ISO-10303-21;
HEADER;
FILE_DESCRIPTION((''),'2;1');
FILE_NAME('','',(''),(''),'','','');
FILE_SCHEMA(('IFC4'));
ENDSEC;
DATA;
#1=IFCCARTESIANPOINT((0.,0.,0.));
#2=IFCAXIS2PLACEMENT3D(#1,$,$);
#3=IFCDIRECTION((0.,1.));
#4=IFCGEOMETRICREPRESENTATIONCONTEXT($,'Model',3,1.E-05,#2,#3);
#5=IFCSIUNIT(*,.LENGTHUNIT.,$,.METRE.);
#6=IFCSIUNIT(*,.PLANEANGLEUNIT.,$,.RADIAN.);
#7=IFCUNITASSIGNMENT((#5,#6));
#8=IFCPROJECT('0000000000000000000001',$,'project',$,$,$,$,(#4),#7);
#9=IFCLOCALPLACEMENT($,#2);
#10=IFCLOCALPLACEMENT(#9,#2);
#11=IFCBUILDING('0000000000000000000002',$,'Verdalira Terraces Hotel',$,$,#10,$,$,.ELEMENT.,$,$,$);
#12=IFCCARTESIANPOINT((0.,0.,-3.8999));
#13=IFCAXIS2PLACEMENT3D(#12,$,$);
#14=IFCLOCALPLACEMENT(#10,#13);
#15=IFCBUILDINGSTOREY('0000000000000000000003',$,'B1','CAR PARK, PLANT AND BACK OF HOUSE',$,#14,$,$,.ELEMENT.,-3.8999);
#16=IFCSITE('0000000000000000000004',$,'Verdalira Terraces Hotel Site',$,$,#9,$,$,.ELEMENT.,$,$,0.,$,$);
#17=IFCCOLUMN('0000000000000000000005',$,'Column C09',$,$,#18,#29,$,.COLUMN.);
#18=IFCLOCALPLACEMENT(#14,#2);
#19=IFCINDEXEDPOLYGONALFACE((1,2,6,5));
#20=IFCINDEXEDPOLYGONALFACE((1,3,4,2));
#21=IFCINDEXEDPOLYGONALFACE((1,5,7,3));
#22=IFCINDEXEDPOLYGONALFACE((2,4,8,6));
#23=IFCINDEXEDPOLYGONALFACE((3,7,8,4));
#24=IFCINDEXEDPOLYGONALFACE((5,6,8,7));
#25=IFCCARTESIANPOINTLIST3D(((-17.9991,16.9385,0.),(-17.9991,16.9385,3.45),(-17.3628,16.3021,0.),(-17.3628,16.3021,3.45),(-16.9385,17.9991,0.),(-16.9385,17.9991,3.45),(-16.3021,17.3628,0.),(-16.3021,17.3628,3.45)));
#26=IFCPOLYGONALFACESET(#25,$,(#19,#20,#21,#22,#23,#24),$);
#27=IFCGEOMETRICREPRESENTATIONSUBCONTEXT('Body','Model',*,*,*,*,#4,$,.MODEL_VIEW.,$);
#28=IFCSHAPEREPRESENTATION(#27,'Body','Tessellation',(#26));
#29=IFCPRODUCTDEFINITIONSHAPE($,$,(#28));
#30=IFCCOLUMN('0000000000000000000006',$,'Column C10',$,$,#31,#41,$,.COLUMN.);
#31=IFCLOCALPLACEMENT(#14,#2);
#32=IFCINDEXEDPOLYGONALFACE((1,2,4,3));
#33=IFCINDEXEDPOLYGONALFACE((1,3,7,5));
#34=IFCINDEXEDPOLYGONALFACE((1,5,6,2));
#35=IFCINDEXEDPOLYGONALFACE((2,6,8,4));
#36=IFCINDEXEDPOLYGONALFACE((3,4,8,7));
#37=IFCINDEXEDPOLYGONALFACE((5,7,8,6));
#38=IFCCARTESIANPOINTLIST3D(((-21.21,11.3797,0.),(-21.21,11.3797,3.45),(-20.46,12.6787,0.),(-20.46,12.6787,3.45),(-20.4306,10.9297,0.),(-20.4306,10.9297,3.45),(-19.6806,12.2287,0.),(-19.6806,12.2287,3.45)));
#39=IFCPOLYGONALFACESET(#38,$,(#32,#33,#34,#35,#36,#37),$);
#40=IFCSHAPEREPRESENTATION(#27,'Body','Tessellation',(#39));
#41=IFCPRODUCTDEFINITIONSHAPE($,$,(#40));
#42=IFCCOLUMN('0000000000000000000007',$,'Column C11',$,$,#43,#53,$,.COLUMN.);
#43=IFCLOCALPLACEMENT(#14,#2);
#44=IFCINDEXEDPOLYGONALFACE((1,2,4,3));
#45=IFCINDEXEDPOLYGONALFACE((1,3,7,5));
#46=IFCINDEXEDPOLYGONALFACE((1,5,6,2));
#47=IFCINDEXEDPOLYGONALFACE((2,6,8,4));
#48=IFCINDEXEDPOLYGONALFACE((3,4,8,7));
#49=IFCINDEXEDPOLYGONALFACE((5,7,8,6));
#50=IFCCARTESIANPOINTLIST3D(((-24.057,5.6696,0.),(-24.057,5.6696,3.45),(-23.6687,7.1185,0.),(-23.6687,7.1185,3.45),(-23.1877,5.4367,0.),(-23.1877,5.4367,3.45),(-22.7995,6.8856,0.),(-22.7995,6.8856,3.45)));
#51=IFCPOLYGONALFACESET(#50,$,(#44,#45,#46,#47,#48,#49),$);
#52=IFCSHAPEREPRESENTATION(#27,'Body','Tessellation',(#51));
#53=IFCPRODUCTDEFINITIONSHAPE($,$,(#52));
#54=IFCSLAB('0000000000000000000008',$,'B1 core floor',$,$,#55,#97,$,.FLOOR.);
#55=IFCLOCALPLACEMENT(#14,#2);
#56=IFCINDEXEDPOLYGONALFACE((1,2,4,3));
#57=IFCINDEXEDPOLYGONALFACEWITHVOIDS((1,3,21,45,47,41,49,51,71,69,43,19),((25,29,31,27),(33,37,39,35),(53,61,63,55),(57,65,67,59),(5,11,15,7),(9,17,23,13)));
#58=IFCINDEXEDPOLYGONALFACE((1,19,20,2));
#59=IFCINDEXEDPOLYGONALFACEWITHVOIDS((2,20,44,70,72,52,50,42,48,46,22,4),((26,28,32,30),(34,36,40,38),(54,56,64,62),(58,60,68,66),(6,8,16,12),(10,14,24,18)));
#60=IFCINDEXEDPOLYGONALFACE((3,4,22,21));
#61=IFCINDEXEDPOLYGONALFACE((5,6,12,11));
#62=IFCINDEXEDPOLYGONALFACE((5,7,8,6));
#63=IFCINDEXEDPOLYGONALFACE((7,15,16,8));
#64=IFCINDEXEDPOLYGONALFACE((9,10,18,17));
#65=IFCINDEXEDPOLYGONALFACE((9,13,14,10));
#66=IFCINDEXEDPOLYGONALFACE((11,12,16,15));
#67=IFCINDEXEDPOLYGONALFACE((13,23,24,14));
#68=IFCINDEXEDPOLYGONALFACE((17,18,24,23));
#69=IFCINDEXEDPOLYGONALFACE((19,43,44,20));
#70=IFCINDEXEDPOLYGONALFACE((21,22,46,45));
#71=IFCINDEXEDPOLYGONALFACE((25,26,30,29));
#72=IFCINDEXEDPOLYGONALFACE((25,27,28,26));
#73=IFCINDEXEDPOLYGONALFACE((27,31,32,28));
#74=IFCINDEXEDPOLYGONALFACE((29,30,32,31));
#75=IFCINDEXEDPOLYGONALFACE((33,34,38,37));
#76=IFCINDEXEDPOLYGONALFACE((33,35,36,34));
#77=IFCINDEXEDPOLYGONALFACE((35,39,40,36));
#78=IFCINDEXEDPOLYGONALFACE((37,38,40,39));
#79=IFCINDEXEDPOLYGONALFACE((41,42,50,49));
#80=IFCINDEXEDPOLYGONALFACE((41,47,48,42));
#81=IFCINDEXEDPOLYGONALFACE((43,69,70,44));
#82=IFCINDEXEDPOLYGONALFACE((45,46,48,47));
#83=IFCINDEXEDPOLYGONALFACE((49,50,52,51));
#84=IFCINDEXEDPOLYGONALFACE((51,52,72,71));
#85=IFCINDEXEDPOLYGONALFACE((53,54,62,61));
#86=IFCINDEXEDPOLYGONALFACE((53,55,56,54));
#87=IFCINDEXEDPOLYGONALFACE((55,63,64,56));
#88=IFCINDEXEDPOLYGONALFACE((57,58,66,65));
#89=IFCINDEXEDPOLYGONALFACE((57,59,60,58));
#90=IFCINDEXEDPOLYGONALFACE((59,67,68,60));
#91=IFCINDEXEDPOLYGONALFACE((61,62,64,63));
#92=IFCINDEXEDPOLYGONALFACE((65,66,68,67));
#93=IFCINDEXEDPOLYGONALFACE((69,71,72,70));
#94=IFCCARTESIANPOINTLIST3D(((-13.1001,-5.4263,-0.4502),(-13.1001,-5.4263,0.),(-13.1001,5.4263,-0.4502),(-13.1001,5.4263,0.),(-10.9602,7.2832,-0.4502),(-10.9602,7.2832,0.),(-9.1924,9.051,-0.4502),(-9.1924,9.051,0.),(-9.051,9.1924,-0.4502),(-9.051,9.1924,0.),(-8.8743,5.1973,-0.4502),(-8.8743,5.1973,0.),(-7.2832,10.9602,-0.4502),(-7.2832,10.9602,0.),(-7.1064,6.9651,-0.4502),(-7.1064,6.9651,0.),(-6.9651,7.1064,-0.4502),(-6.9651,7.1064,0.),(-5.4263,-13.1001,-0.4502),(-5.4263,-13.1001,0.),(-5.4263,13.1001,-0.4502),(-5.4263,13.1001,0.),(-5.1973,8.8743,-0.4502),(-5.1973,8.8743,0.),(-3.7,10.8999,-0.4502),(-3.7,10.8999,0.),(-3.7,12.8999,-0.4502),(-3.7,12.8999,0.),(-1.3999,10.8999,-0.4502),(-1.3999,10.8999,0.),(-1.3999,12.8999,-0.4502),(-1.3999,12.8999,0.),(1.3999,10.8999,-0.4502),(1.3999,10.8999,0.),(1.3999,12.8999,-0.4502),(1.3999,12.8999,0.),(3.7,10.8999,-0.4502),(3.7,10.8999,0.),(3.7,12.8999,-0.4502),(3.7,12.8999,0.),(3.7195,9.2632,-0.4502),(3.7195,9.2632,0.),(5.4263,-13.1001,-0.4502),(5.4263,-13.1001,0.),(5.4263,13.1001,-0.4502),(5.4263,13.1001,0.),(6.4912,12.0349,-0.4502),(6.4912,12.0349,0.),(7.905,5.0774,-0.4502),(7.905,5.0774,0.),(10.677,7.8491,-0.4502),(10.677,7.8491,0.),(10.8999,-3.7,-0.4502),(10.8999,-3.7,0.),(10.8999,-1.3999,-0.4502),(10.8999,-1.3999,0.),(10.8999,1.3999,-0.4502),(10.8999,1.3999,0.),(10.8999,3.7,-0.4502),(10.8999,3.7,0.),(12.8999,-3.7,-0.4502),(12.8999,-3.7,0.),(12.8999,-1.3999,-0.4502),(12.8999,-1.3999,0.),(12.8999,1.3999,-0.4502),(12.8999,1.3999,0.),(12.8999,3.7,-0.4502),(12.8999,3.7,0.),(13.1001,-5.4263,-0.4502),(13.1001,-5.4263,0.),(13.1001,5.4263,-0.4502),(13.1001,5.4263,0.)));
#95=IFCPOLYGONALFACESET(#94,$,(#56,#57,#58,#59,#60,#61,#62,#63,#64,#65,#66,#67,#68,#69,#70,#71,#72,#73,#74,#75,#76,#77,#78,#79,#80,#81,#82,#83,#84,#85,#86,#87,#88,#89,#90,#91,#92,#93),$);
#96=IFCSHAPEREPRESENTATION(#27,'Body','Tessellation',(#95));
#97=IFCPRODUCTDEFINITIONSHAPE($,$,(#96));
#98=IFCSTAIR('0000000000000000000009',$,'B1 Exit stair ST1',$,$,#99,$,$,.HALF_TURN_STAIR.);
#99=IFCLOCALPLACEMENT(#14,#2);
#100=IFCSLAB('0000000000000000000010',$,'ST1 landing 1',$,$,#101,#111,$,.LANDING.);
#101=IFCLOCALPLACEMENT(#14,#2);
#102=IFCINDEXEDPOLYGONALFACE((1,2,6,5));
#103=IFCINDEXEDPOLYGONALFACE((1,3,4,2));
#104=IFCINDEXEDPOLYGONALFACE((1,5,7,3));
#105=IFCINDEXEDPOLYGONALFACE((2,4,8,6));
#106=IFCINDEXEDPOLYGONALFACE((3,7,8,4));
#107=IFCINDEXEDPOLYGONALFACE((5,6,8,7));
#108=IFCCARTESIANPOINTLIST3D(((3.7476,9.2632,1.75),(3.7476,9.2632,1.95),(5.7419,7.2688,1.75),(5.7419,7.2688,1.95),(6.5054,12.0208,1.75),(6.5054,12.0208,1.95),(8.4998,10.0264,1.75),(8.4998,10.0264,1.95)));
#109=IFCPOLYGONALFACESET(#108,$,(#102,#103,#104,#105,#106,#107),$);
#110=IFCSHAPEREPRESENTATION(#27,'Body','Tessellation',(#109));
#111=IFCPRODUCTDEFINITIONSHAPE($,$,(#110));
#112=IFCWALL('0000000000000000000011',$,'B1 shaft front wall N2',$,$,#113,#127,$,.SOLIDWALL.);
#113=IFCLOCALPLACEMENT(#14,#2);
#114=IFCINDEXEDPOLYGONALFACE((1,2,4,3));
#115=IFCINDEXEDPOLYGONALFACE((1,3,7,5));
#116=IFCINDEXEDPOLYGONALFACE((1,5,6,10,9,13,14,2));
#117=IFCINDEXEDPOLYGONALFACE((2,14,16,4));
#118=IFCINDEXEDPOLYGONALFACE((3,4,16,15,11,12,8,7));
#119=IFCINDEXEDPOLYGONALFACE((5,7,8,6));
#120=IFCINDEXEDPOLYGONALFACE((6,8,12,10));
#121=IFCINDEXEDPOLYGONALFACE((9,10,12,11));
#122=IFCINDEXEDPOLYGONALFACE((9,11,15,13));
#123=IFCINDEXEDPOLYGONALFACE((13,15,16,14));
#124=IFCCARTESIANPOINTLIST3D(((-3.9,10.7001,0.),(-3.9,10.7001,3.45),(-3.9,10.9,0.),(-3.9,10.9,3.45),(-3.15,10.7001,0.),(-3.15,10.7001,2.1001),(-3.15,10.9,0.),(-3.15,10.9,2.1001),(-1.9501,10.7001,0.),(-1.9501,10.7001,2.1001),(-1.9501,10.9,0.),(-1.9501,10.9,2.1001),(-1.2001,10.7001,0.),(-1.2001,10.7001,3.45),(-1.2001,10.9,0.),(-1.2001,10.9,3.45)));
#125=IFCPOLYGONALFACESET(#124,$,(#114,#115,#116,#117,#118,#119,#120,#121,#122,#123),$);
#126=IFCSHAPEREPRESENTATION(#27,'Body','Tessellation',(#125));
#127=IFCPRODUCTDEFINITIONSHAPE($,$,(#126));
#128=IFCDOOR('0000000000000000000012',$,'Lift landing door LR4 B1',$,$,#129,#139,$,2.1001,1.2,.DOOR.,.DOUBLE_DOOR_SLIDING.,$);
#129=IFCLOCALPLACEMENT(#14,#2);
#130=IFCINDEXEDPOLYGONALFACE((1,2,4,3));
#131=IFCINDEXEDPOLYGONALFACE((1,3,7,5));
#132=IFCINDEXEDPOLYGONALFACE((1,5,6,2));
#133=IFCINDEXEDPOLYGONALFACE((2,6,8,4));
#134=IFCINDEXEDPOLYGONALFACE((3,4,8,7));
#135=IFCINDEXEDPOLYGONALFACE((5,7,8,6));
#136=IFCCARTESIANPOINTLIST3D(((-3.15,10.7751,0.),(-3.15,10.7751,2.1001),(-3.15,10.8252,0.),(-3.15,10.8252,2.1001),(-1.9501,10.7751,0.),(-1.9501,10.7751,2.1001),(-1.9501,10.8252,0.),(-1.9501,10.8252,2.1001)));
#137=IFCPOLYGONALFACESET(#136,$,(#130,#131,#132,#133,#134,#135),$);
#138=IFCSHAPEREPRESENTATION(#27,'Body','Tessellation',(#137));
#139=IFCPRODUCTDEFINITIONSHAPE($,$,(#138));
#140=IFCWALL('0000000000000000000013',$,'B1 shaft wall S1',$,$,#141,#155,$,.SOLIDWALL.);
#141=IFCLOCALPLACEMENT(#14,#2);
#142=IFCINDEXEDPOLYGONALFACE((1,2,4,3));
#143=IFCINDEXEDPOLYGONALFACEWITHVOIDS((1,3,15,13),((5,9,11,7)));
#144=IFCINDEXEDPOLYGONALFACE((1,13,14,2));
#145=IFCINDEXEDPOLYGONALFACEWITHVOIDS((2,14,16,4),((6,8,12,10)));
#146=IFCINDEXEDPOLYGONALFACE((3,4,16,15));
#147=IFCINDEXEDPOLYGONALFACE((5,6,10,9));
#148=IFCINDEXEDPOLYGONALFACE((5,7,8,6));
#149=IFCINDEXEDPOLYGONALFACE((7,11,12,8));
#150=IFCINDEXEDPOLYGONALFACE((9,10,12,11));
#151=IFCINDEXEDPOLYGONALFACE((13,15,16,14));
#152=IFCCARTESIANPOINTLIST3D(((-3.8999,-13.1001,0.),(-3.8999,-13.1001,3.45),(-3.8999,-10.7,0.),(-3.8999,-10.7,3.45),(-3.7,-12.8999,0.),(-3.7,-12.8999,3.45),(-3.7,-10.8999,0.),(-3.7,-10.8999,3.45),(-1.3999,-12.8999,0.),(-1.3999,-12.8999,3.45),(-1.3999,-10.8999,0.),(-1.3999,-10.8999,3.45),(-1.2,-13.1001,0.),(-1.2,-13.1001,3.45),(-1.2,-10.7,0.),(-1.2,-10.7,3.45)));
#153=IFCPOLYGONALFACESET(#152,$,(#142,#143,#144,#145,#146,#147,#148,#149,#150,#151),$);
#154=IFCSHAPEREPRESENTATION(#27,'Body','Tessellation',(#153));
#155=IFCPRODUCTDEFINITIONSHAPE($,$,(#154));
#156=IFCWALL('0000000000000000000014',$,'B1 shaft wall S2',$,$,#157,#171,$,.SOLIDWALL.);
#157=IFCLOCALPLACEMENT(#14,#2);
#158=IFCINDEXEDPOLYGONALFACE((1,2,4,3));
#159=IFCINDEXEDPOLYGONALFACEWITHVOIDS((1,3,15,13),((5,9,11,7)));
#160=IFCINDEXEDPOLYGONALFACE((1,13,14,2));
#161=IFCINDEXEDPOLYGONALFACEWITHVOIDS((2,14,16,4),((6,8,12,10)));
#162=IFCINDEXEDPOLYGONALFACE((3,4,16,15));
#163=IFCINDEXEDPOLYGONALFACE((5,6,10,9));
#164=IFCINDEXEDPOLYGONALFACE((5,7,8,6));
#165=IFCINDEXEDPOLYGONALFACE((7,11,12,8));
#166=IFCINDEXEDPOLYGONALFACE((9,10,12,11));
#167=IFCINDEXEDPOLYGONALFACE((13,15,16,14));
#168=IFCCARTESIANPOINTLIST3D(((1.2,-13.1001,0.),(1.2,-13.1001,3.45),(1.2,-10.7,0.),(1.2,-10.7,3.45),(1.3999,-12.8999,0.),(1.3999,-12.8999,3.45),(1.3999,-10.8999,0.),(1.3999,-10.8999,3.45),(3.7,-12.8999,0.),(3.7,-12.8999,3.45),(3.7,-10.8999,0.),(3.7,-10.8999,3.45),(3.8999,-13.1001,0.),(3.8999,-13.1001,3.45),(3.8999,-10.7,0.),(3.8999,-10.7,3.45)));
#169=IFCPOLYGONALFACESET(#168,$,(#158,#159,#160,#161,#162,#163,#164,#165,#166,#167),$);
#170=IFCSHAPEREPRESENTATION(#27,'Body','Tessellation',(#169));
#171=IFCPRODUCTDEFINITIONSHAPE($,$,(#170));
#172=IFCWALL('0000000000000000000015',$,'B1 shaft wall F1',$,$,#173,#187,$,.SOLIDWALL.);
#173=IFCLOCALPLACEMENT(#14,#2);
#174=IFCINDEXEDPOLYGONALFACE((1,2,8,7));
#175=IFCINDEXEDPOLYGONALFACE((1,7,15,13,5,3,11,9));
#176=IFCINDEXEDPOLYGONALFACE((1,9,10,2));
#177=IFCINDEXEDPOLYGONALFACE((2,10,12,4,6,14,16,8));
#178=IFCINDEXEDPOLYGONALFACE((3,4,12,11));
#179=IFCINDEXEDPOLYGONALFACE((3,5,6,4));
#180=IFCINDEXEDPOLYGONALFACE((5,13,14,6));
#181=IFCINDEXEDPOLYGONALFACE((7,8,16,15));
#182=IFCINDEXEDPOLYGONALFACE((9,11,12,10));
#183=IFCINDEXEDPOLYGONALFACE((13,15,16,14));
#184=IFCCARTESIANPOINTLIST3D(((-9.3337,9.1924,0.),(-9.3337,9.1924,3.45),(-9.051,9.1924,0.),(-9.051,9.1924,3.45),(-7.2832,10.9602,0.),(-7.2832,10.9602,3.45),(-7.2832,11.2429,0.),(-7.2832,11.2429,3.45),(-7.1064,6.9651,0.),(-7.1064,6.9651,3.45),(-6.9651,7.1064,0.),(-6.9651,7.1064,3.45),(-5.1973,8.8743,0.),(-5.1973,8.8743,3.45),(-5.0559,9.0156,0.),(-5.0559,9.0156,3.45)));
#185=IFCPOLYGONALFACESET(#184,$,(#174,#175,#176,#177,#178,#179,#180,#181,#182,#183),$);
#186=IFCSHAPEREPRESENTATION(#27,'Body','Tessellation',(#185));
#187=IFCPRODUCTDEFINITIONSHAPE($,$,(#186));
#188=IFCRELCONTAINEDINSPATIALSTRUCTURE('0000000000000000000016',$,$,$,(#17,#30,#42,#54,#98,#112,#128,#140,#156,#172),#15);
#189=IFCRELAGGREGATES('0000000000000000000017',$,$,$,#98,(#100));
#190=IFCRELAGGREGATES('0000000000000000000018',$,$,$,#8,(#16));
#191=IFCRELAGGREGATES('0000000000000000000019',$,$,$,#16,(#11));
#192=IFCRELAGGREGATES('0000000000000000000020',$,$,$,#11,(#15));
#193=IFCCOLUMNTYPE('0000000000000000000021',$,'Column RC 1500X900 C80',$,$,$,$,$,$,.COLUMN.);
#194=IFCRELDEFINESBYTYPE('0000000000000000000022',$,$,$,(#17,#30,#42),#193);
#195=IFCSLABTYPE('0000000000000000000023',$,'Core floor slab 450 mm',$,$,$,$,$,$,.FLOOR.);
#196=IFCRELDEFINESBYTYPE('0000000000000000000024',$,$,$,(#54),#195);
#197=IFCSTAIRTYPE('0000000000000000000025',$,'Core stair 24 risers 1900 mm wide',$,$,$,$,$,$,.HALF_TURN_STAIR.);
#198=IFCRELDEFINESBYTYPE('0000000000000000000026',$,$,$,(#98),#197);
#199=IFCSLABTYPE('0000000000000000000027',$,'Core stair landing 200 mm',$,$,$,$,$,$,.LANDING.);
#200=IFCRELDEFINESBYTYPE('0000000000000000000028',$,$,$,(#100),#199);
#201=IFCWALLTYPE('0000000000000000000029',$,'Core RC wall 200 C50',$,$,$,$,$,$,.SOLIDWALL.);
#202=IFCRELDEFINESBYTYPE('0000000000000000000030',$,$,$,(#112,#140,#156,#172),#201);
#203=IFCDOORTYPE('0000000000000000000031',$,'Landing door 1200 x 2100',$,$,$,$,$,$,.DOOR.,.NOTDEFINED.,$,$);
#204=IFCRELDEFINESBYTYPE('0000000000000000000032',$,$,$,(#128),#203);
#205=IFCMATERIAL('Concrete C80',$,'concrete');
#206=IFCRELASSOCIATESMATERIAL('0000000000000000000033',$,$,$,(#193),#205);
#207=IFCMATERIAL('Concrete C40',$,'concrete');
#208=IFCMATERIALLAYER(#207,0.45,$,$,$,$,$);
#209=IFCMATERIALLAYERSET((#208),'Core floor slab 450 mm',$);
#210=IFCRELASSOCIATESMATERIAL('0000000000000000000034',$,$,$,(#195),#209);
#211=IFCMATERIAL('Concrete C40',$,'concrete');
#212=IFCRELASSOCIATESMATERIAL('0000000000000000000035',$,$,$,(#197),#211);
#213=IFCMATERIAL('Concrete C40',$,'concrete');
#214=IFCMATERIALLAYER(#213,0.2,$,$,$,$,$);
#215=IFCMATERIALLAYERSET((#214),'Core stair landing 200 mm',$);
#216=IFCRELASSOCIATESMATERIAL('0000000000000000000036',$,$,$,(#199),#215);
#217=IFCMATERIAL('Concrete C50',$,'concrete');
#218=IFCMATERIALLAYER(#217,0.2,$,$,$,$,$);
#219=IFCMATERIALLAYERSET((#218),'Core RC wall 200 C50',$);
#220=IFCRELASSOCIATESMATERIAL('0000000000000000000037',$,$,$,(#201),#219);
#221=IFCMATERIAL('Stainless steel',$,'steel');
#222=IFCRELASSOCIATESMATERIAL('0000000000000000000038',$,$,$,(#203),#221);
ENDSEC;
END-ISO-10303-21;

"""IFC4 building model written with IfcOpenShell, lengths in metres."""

from ifc_helpers import new_model, si_unit, direction, frame, frame_2d, origin, origin_2d, place, context, subcontext, project, spatial, polyline, rectangle, outline, extrude, material, layer, layer_set, material_profile, profile_set, type_object, element, fill, aggregate, save


model = new_model("IFC4")

# Units and contexts
model_context = context("Model", 3, precision=1e-05, world=origin(), true_north=direction((0.0, 1.0)))
body_context = subcontext(model_context, "Body", "Model", "MODEL_VIEW")
ifc_project = project(units=[si_unit("LENGTHUNIT", "METRE"), si_unit("PLANEANGLEUNIT", "RADIAN")], contexts=[model_context])

# Site, building, storey
site_placement = place(None, origin())
site = spatial("IfcSite", under=ifc_project, at=site_placement, Name="Verdalira Terraces Hotel Site", CompositionType="ELEMENT", RefElevation=0.0)
building_placement = place(site_placement, origin())
building = spatial("IfcBuilding", under=site, at=building_placement, Name="Verdalira Terraces Hotel", CompositionType="ELEMENT")
storey_placement = place(building_placement, frame((0.0, 0.0, -3.8999)))
storey = spatial("IfcBuildingStorey", under=building, at=storey_placement, Name="B1", Description="CAR PARK, PLANT AND BACK OF HOUSE", CompositionType="ELEMENT", Elevation=-3.8999)

# Columns
ifc_material_1 = material(Name="Concrete C80", Category="concrete")
ifc_material_profile = material_profile(ifc_material_1, rectangle(XDim=1.5, YDim=0.8999, at=origin_2d()), Name="RC 1500X900")
ifc_profile_set = profile_set([ifc_material_profile], Name="Concrete C80")
column_type = type_object("IfcColumnType", Name="Column RC 1500X900 C80", PredefinedType="COLUMN", material=ifc_profile_set)
for number, where, z_axis, x_axis, name in (
    (1, (-17.1506, 17.1506, 0.0), (0.0, 0.0, 1.0), (0.707107, 0.707107, 0.0), "Column C09"),
    (2, (-20.4453, 11.8042, 0.0), (0.0, 0.0, 1.0), (-0.5, -0.866025, 0.0), "Column C10"),
    (3, (-23.4282, 6.2776, 0.0), (0.0, 0.0, 1.0), (0.258819, 0.965926, 0.0), "Column C11"),
):
    element("IfcColumn", number, at=place(storey_placement, frame(where, z_axis=z_axis, x_axis=x_axis)), inside=storey, type_object=column_type, Name=name, PredefinedType="COLUMN", context=body_context, shape_type="SweptSolid", body=[
        extrude(rectangle(XDim=1.5, YDim=0.8999, at=origin_2d()), origin(), (0.0, 0.0, 1.0), 3.45),
    ])

# Slab
ifc_material_2 = material(Name="Concrete C40", Category="concrete")
ifc_layer_1 = layer(ifc_material_2, 0.45)
ifc_layer_set_1 = layer_set([ifc_layer_1], Name="Core floor slab 450 mm")
slab_type_1 = type_object("IfcSlabType", Name="Core floor slab 450 mm", PredefinedType="FLOOR", material=ifc_layer_set_1)
slab_1_placement = place(storey_placement, frame((0.0, 0.0, -0.4502)))
element("IfcSlab", 4, at=slab_1_placement, inside=storey, type_object=slab_type_1, Name="B1 core floor", PredefinedType="FLOOR", context=body_context, shape_type="SweptSolid", body=[
    extrude(outline(polyline([(5.4263, 13.1001), (6.4912, 12.0349), (3.7195, 9.2632), (7.905, 5.0774), (10.677, 7.8491), (13.1001, 5.4263), (13.1001, -5.4263), (5.4263, -13.1001), (-5.4263, -13.1001), (-13.1001, -5.4263), (-13.1001, 5.4263), (-5.4263, 13.1001), (5.4263, 13.1001)]), holes=[polyline([(12.8999, -1.3999), (10.8999, -1.3999), (10.8999, -3.7), (12.8999, -3.7), (12.8999, -1.3999)]), polyline([(12.8999, 3.7), (10.8999, 3.7), (10.8999, 1.3999), (12.8999, 1.3999), (12.8999, 3.7)]), polyline([(3.7, 10.8999), (3.7, 12.8999), (1.3999, 12.8999), (1.3999, 10.8999), (3.7, 10.8999)]), polyline([(-1.3999, 10.8999), (-1.3999, 12.8999), (-3.7, 12.8999), (-3.7, 10.8999), (-1.3999, 10.8999)]), polyline([(-6.9651, 7.1064), (-5.1973, 8.8743), (-7.2832, 10.9602), (-9.051, 9.1924), (-6.9651, 7.1064)]), polyline([(-10.9602, 7.2832), (-8.8743, 5.1973), (-7.1064, 6.9651), (-9.1924, 9.051), (-10.9602, 7.2832)])]), origin(), (0.0, 0.0, 1.0), 0.4502),
])

# Stair, slab
ifc_material_3 = material(Name="Concrete C40", Category="concrete")
stair_type = type_object("IfcStairType", Name="Core stair 24 risers 1900 mm wide", PredefinedType="HALF_TURN_STAIR", material=ifc_material_3)
stair_placement = place(storey_placement, origin())
stair = element("IfcStair", 5, at=stair_placement, inside=storey, type_object=stair_type, Name="B1 Exit stair ST1", PredefinedType="HALF_TURN_STAIR")
ifc_material_4 = material(Name="Concrete C40", Category="concrete")
ifc_layer_2 = layer(ifc_material_4, 0.2)
ifc_layer_set_2 = layer_set([ifc_layer_2], Name="Core stair landing 200 mm")
slab_type_2 = type_object("IfcSlabType", Name="Core stair landing 200 mm", PredefinedType="LANDING", material=ifc_layer_set_2)
slab_2_placement = place(storey_placement, frame((0.0, 0.0, 1.75)))
slab_2 = element("IfcSlab", 6, at=slab_2_placement, type_object=slab_type_2, Name="ST1 landing 1", PredefinedType="LANDING", context=body_context, shape_type="SweptSolid", body=[
    extrude(outline(polyline([(8.4998, 10.0264), (6.5054, 12.0208), (3.7476, 9.2632), (5.7419, 7.2688), (8.4998, 10.0264)])), origin(), (0.0, 0.0, 1.0), 0.2),
])
aggregate(stair, [slab_2])

# Wall, opening, door
ifc_material_5 = material(Name="Concrete C50", Category="concrete")
ifc_layer_3 = layer(ifc_material_5, 0.2)
ifc_layer_set_3 = layer_set([ifc_layer_3], Name="Core RC wall 200 C50")
wall_type_1 = type_object("IfcWallType", Name="Core RC wall 200 C50", PredefinedType="SOLIDWALL", material=ifc_layer_set_3)
wall_1_placement = place(storey_placement, frame((-1.2, 10.8, 0.0), z_axis=(0.0, 0.0, 1.0), x_axis=(-1.0, 0.0, 0.0)))
wall_1 = element("IfcWall", 7, at=wall_1_placement, inside=storey, type_object=wall_type_1, Name="B1 shaft front wall N2", PredefinedType="SOLIDWALL", context=body_context, shape_type="SweptSolid", body=[
    extrude(rectangle(XDim=2.7, YDim=0.2, at=frame_2d((1.3501, 0.0))), origin(), (0.0, 0.0, 1.0), 3.45),
])
opening_1_placement = place(wall_1_placement, frame((0.75, 0.0, 0.0)))
opening_1 = element("IfcOpeningElement", 8, at=opening_1_placement, cuts=wall_1, PredefinedType="OPENING", context=body_context, shape_type="SweptSolid", body=[
    extrude(rectangle(XDim=1.2, YDim=2.1001, at=frame_2d((0.6001, 1.05))), frame((0.0, 0.1099, 0.0), z_axis=(0.0, -1.0, 0.0), x_axis=(1.0, 0.0, 0.0)), (0.0, 0.0, 1.0), 0.22),
])
ifc_material_6 = material(Name="Stainless steel", Category="steel")
door_type_1 = type_object("IfcDoorType", Name="Landing door 1200 x 2100", OperationType="NOTDEFINED", PredefinedType="DOOR", material=ifc_material_6)
door_1_placement = place(opening_1_placement, origin())
door_1 = element("IfcDoor", 9, at=door_1_placement, inside=storey, type_object=door_type_1, Name="Lift landing door LR4 B1", OperationType="DOUBLE_DOOR_SLIDING", OverallHeight=2.1001, OverallWidth=1.2, PredefinedType="DOOR", context=body_context, shape_type="SweptSolid", body=[
    extrude(rectangle(XDim=1.2, YDim=2.1001, at=frame_2d((0.6001, 1.05))), frame((0.0, 0.0249, 0.0), z_axis=(0.0, -1.0, 0.0), x_axis=(1.0, 0.0, 0.0)), (0.0, 0.0, 1.0), 0.05),
])
fill(opening_1, door_1)

# Walls
wall_2_placement = place(storey_placement, origin())
element("IfcWall", 10, at=wall_2_placement, inside=storey, type_object=wall_type_1, Name="B1 shaft wall S1", PredefinedType="SOLIDWALL", context=body_context, shape_type="SweptSolid", body=[
    extrude(outline(polyline([(-1.2, -13.1001), (-3.8999, -13.1001), (-3.8999, -10.7), (-1.2, -10.7), (-1.2, -13.1001)]), holes=[polyline([(-3.7, -10.8999), (-3.7, -12.8999), (-1.3999, -12.8999), (-1.3999, -10.8999), (-3.7, -10.8999)])]), origin(), (0.0, 0.0, 1.0), 3.45),
])
wall_3_placement = place(storey_placement, origin())
element("IfcWall", 11, at=wall_3_placement, inside=storey, type_object=wall_type_1, Name="B1 shaft wall S2", PredefinedType="SOLIDWALL", context=body_context, shape_type="SweptSolid", body=[
    extrude(outline(polyline([(3.8999, -10.7), (3.8999, -13.1001), (1.2, -13.1001), (1.2, -10.7), (3.8999, -10.7)]), holes=[polyline([(1.3999, -12.8999), (3.7, -12.8999), (3.7, -10.8999), (1.3999, -10.8999), (1.3999, -12.8999)])]), origin(), (0.0, 0.0, 1.0), 3.45),
])
wall_4_placement = place(storey_placement, origin())
element("IfcWall", 12, at=wall_4_placement, inside=storey, type_object=wall_type_1, Name="B1 shaft wall F1", PredefinedType="SOLIDWALL", context=body_context, shape_type="SweptSolid", body=[
    extrude(outline(polyline([(-9.3337, 9.1924), (-7.2832, 11.2429), (-5.0559, 9.0156), (-5.1973, 8.8743), (-7.2832, 10.9602), (-9.051, 9.1924), (-6.9651, 7.1064), (-7.1064, 6.9651), (-9.3337, 9.1924)])), origin(), (0.0, 0.0, 1.0), 3.45),
])

save(model, "model.ifc")
